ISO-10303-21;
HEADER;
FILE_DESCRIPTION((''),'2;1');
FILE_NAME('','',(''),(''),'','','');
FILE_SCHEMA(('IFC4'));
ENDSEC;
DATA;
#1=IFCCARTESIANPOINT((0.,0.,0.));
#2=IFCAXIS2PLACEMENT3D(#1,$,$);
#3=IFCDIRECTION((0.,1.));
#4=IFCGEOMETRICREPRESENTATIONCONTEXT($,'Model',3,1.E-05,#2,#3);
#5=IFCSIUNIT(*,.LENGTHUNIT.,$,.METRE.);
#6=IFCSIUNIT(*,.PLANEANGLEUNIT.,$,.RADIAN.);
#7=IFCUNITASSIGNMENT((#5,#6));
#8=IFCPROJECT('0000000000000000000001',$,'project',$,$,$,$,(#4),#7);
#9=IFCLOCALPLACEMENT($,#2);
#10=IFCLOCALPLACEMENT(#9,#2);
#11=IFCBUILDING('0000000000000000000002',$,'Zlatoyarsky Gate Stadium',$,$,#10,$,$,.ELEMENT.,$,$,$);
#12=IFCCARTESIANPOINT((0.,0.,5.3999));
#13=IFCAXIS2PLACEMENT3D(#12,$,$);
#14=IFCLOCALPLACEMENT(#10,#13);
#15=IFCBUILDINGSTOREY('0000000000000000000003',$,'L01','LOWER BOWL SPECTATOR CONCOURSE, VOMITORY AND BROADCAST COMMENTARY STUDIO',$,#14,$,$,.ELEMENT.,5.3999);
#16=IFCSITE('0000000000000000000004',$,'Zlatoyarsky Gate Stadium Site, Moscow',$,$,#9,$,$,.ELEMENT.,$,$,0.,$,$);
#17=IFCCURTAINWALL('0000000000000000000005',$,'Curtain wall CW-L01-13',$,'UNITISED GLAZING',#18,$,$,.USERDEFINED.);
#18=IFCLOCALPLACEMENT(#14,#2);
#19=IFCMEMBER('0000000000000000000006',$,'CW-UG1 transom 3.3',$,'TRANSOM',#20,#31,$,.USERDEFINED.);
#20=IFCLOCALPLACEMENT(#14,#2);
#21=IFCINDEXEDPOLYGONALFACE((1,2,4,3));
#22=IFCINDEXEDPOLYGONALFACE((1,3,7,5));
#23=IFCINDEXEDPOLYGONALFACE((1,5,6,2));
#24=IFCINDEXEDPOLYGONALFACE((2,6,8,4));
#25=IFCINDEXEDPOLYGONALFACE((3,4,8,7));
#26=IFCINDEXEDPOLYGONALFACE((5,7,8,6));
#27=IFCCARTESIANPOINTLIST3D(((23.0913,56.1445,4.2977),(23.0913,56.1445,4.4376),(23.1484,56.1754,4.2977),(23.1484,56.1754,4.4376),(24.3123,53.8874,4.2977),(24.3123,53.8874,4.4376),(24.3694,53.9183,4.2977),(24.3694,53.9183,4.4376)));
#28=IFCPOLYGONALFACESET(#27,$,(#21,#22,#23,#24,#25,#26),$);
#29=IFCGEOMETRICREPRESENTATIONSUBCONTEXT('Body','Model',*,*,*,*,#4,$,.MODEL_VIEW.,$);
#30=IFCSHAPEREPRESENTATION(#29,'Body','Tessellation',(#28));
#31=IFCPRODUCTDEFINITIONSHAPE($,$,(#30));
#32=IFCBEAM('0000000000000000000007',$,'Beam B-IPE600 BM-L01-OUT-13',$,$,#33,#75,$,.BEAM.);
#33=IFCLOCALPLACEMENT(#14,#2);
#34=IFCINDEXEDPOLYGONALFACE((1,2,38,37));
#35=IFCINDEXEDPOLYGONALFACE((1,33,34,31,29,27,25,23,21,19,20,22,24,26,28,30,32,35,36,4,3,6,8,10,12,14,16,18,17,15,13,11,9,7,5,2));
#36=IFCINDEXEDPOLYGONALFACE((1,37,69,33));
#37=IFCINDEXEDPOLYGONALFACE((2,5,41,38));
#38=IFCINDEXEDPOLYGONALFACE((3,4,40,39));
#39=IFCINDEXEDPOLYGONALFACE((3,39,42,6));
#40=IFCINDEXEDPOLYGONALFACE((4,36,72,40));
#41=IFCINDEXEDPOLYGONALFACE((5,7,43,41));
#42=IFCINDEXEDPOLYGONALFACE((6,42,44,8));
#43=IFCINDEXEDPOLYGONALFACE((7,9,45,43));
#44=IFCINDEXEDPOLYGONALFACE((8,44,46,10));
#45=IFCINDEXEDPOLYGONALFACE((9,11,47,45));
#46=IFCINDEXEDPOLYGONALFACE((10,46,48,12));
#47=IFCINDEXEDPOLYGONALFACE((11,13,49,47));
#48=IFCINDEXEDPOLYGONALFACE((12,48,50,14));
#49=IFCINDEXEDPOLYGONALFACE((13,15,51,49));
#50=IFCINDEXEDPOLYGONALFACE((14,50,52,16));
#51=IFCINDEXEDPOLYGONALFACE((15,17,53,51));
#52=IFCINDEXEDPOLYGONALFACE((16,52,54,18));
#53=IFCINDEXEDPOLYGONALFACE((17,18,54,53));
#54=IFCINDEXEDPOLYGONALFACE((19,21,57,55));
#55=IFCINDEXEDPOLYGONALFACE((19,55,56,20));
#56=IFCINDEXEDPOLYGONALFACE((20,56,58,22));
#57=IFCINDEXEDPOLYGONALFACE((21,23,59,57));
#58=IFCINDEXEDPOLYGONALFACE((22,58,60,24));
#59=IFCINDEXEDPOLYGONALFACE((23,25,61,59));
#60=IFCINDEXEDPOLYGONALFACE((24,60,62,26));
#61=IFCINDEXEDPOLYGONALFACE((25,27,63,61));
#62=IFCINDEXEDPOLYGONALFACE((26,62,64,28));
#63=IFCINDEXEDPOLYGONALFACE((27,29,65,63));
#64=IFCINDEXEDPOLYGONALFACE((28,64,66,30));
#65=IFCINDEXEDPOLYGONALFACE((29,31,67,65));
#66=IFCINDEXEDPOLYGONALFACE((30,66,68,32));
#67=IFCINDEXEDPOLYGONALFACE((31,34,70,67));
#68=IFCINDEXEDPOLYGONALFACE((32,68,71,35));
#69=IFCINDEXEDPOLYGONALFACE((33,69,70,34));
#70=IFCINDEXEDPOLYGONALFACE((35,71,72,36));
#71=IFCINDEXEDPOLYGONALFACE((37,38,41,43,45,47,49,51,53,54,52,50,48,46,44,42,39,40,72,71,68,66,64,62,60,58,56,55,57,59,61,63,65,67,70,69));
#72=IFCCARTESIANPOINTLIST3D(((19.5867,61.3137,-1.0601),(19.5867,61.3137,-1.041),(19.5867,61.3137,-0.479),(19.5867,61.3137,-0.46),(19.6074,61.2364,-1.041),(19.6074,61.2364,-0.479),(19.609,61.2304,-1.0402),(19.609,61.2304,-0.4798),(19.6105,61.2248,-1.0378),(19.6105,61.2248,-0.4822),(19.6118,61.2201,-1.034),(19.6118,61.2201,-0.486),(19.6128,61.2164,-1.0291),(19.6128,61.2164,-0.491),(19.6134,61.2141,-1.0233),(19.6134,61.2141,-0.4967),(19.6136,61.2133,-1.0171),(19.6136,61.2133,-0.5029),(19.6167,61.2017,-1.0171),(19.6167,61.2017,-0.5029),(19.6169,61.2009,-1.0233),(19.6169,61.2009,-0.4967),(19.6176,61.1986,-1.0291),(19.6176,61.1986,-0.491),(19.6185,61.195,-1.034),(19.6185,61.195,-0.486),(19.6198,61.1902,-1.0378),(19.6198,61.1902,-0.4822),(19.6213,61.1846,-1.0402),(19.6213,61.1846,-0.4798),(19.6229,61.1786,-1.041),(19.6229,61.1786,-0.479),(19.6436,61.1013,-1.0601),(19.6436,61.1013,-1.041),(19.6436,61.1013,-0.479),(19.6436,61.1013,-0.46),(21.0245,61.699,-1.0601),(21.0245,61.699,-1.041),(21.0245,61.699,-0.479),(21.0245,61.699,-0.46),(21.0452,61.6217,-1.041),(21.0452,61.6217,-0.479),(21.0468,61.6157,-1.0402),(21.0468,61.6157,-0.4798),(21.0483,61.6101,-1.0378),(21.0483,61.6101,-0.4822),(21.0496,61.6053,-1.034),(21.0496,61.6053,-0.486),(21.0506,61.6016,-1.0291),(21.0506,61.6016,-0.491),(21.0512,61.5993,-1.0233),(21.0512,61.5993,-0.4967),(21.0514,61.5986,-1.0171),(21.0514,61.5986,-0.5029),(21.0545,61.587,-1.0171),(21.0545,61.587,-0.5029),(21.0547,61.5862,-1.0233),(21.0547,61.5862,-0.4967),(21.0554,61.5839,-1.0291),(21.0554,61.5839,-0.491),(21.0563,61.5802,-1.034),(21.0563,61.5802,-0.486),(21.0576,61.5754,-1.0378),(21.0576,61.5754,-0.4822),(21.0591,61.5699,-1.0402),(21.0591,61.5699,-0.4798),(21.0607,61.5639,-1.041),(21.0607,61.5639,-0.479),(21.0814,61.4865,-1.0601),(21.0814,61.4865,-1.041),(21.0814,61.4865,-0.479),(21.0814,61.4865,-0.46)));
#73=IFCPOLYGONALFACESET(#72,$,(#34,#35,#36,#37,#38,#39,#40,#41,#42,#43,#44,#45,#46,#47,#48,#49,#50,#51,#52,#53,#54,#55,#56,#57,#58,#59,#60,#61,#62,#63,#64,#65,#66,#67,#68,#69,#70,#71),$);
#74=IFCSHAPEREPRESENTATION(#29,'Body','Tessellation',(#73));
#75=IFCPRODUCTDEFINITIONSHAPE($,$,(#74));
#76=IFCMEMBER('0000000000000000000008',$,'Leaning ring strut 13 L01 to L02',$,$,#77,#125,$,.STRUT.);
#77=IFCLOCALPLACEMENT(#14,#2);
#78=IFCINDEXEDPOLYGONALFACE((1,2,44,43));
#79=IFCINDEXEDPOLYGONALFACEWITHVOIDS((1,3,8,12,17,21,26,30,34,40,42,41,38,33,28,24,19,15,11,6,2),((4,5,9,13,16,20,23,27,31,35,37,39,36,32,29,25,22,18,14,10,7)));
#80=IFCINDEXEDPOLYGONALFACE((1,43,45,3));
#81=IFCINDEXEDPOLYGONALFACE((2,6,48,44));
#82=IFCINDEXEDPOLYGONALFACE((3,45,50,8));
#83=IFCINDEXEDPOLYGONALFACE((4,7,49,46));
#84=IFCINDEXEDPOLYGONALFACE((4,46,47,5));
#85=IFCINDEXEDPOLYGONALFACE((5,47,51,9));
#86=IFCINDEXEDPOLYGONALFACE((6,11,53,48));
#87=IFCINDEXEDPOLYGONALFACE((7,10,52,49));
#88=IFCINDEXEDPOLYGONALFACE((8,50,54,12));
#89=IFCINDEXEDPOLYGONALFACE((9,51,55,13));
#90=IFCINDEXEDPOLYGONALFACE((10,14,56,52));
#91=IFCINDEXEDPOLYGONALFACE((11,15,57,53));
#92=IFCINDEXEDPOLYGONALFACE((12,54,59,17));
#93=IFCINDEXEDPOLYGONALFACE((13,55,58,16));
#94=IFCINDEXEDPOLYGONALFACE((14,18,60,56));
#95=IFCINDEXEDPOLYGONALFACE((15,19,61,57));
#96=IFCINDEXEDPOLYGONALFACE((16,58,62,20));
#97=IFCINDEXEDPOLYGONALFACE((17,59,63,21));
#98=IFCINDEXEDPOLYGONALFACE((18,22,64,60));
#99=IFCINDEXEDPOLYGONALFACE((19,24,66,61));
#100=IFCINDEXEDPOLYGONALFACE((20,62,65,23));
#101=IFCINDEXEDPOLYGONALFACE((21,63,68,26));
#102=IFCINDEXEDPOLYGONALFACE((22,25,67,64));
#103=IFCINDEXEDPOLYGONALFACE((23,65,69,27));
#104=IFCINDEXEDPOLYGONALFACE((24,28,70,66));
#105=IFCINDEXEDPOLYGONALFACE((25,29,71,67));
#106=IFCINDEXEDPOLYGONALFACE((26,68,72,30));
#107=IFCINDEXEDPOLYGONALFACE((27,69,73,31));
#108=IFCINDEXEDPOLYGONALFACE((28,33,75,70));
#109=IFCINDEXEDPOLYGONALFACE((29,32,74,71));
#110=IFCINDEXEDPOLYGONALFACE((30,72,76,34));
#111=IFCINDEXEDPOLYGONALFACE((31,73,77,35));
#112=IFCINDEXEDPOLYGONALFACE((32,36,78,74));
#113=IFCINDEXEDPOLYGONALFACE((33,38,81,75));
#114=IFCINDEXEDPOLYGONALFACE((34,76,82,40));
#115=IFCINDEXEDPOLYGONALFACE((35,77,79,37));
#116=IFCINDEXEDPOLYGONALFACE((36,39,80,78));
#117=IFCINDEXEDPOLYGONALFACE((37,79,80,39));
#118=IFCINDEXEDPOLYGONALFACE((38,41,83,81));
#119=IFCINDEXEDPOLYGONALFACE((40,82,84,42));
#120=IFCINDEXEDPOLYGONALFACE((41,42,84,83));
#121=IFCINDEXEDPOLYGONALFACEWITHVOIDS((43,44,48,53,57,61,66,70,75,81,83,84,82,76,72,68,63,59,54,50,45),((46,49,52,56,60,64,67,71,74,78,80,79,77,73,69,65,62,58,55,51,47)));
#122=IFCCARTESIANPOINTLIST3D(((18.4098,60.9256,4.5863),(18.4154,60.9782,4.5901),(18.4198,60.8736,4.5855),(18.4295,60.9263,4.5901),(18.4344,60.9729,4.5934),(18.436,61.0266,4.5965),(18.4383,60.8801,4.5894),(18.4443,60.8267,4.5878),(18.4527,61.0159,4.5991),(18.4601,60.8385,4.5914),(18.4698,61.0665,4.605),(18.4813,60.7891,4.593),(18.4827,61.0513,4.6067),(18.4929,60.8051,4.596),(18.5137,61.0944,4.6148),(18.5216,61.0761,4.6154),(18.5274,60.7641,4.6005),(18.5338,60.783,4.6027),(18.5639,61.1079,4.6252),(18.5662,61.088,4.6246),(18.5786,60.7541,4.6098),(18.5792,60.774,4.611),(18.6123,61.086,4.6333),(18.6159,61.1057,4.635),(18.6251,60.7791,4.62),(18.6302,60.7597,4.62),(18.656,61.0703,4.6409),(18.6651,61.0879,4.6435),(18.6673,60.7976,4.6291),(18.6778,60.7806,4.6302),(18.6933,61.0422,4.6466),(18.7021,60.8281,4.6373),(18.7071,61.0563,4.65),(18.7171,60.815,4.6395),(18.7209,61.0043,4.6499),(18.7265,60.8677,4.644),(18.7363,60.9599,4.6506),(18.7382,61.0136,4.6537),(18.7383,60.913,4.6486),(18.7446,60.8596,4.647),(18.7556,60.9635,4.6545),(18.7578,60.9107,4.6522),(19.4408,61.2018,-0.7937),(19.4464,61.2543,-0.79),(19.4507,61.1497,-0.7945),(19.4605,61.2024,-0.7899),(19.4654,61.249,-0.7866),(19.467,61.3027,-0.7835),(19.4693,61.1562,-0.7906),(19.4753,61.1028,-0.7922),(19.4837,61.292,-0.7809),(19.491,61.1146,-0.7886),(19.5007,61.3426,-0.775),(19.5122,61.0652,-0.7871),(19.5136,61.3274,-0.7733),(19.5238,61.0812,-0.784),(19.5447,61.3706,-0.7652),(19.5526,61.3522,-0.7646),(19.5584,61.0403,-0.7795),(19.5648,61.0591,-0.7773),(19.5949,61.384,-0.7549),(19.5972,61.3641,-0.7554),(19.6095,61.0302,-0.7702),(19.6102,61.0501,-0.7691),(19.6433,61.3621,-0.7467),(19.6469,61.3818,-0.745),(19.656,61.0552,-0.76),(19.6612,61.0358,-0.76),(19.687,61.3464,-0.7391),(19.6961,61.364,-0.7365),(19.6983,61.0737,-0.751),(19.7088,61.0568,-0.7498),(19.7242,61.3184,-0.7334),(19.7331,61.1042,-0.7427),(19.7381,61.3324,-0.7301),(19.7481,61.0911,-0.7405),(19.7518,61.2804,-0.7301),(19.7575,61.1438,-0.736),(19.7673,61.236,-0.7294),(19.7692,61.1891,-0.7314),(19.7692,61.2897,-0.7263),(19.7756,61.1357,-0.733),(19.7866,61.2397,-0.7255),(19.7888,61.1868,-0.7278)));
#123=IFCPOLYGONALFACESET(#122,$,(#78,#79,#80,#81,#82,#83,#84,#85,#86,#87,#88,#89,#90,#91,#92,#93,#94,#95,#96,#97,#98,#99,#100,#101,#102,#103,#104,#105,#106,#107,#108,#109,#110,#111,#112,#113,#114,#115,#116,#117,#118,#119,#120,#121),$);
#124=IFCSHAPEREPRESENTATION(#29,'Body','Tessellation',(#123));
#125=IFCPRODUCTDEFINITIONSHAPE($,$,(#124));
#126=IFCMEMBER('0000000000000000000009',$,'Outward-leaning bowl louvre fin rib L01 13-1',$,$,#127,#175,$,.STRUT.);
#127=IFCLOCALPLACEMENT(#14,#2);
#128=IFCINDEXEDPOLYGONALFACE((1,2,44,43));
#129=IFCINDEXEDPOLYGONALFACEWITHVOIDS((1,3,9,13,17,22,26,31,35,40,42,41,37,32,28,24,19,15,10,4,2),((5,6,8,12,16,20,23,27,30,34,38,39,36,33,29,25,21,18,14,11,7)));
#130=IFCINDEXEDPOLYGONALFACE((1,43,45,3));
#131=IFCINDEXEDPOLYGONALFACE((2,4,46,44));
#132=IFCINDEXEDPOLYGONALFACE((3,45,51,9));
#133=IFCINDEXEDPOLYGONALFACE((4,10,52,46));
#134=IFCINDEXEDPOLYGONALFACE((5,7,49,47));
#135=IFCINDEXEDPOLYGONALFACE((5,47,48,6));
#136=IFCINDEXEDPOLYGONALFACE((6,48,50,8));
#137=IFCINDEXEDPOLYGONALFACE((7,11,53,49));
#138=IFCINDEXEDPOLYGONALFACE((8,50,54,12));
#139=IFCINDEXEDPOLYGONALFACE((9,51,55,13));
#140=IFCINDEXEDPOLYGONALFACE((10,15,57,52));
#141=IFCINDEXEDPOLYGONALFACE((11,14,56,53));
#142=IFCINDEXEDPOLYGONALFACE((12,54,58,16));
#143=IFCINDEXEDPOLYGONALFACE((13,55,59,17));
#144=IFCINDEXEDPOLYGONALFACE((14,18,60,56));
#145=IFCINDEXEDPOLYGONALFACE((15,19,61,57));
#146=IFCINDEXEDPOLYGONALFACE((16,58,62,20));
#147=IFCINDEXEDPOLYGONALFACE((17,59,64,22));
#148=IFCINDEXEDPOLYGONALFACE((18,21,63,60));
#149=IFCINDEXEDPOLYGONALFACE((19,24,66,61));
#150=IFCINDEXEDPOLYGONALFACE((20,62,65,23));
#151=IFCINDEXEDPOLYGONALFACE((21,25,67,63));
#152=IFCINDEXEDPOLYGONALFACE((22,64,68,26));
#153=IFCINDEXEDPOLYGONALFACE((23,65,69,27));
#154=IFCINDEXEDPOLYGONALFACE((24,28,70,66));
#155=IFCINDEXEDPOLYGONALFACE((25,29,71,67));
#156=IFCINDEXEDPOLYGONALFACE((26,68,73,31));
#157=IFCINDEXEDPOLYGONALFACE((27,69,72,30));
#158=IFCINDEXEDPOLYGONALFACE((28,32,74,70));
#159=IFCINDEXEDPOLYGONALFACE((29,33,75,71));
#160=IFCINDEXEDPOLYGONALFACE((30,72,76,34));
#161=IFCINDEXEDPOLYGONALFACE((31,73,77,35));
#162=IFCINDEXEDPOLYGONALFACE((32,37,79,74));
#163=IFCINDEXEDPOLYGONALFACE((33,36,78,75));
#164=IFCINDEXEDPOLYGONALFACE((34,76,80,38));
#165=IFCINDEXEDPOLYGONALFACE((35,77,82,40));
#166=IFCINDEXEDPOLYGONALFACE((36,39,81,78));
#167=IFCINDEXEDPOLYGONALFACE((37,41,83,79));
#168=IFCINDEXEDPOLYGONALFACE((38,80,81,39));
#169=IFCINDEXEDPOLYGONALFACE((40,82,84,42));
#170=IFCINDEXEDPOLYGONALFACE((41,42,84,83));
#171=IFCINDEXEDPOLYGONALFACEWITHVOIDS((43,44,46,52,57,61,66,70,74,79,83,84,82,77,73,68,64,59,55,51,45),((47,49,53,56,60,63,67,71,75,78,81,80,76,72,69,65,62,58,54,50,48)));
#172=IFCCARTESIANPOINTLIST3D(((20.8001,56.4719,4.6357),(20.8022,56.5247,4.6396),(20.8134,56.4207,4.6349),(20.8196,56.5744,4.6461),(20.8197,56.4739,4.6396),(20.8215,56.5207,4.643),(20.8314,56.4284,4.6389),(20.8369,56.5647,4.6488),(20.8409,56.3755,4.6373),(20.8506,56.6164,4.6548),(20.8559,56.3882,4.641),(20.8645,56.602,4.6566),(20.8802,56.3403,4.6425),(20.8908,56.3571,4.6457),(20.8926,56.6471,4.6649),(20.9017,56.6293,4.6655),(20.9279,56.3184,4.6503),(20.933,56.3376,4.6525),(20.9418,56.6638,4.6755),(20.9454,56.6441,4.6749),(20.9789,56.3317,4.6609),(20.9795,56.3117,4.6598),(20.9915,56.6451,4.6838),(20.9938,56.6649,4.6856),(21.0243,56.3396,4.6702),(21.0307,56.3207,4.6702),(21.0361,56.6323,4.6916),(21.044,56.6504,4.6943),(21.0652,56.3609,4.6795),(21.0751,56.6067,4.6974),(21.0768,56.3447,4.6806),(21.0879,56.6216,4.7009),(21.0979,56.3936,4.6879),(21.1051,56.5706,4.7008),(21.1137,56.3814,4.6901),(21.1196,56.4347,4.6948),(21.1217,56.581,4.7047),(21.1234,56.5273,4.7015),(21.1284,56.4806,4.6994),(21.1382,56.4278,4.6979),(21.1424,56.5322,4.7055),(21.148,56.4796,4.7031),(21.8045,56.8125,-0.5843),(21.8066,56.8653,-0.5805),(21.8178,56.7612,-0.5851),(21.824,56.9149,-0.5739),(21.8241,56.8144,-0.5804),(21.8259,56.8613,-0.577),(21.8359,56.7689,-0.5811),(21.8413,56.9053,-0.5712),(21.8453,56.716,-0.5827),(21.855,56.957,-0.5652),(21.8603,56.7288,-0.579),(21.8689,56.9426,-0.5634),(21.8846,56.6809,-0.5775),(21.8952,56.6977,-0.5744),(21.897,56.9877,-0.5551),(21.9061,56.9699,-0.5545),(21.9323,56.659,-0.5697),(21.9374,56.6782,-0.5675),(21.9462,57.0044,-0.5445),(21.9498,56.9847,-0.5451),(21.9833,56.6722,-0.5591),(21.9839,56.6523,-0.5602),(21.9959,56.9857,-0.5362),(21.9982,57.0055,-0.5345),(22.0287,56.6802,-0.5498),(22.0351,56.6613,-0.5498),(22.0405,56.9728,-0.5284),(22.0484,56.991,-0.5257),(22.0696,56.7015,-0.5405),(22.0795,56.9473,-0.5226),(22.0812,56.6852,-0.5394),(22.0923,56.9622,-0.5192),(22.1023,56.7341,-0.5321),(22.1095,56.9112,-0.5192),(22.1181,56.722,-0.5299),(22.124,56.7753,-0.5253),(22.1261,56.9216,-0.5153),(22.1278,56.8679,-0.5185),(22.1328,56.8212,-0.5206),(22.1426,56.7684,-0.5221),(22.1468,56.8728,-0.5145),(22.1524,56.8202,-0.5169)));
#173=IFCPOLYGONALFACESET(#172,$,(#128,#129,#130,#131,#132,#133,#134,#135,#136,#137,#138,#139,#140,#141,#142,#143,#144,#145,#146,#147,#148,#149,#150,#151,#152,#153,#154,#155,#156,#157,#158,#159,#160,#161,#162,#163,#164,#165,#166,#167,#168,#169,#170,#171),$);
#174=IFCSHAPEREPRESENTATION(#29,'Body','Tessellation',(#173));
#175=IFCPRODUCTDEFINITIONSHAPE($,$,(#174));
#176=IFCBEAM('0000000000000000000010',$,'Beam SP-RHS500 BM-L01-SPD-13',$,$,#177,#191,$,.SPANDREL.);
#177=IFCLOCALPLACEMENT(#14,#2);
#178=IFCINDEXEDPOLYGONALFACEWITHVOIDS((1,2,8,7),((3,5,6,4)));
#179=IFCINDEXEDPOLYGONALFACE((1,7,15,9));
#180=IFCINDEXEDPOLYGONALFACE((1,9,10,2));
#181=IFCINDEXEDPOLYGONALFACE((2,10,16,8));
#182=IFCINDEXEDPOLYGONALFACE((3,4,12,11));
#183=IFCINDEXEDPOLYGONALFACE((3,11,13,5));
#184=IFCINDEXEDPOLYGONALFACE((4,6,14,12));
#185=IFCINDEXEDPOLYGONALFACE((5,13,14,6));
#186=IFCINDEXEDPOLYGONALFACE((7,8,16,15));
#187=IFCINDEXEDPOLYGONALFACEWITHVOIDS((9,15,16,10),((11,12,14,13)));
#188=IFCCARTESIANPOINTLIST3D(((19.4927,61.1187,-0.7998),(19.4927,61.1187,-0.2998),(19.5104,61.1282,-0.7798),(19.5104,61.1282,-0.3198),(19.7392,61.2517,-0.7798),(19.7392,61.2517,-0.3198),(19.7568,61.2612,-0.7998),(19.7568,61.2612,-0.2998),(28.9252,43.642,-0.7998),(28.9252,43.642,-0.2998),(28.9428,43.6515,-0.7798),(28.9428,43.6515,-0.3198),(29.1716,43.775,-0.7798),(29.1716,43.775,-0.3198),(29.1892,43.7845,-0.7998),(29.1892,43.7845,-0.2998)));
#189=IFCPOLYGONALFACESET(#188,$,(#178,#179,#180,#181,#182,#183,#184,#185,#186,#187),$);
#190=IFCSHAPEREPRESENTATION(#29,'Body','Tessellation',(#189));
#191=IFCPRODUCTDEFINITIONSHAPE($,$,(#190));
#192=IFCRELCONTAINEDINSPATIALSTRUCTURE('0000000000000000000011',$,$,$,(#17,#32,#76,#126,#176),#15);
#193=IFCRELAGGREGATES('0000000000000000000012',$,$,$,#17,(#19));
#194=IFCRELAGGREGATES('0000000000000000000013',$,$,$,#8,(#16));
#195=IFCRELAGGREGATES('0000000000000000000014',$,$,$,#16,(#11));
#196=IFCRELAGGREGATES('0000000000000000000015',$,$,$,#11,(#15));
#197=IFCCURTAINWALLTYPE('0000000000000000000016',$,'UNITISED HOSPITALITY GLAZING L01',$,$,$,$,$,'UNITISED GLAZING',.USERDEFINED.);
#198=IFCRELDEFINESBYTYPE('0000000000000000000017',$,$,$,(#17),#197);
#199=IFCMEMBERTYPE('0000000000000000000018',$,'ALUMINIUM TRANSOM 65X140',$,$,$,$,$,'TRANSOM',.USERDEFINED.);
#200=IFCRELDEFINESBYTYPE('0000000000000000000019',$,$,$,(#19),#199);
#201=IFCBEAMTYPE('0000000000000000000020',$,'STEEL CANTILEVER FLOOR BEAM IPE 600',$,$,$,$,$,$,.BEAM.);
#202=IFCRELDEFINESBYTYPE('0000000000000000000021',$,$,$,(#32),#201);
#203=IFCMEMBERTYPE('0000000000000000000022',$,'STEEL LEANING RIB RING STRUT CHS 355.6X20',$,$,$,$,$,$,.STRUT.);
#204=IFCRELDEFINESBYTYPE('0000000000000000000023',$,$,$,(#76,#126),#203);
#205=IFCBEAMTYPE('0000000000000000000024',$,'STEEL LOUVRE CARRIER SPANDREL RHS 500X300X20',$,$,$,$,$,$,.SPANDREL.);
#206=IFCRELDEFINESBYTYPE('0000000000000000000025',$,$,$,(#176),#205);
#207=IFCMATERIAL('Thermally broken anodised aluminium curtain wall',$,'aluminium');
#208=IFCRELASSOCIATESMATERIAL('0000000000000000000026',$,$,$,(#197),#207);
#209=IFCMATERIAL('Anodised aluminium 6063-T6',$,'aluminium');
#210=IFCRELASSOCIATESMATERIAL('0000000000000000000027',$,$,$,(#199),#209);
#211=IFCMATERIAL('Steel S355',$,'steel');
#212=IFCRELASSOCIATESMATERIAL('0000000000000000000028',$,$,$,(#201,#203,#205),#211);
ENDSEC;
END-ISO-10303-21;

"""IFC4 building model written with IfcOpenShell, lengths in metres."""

from ifc_helpers import new_model, si_unit, direction, frame, origin, origin_2d, place, context, subcontext, project, spatial, rectangle, hollow_rectangle, hollow_circle, i_section, extrude, material, material_profile, profile_set, type_object, element, aggregate, save


model = new_model("IFC4")

# Units and contexts
model_context = context("Model", 3, precision=1e-05, world=origin(), true_north=direction((0.0, 1.0)))
body_context = subcontext(model_context, "Body", "Model", "MODEL_VIEW")
ifc_project = project(units=[si_unit("LENGTHUNIT", "METRE"), si_unit("PLANEANGLEUNIT", "RADIAN")], contexts=[model_context])

# Site, building, storey
site_placement = place(None, origin())
site = spatial("IfcSite", under=ifc_project, at=site_placement, Name="Zlatoyarsky Gate Stadium Site, Moscow", CompositionType="ELEMENT", RefElevation=0.0)
building_placement = place(site_placement, origin())
building = spatial("IfcBuilding", under=site, at=building_placement, Name="Zlatoyarsky Gate Stadium", CompositionType="ELEMENT")
storey_placement = place(building_placement, frame((0.0, 0.0, 5.3999)))
storey = spatial("IfcBuildingStorey", under=building, at=storey_placement, Name="L01", Description="LOWER BOWL SPECTATOR CONCOURSE, VOMITORY AND BROADCAST COMMENTARY STUDIO", CompositionType="ELEMENT", Elevation=5.3999)

# Shared definitions
ifc_material_1 = material(Name="Steel S355", Category="steel")

# Shared definitions
ifc_material_2 = material(Name="Thermally broken anodised aluminium curtain wall", Category="aluminium")
ifc_material_3 = material(Name="Anodised aluminium 6063-T6", Category="aluminium")

# Curtain wall, member
curtain_wall_type_1 = type_object("IfcCurtainWallType", Name="UNITISED HOSPITALITY GLAZING L01", ElementType="UNITISED GLAZING", PredefinedType="USERDEFINED", material=ifc_material_2)
curtain_wall_1_placement = place(storey_placement, origin())
curtain_wall_1 = element("IfcCurtainWall", 1, at=curtain_wall_1_placement, inside=storey, type_object=curtain_wall_type_1, Name="Curtain wall CW-L01-13", ObjectType="UNITISED GLAZING", PredefinedType="USERDEFINED")
ifc_material_profile_1 = material_profile(ifc_material_3, rectangle(XDim=0.0649, YDim=0.1399, at=origin_2d()), Name="ALU 65X140")
ifc_profile_set_1 = profile_set([ifc_material_profile_1], Name="Anodised aluminium 6063-T6")
member_type_1 = type_object("IfcMemberType", Name="ALUMINIUM TRANSOM 65X140", ElementType="TRANSOM", PredefinedType="USERDEFINED", material=ifc_profile_set_1)
member_1_placement = place(storey_placement, frame((23.1199, 56.1599, 4.3677), z_axis=(0.47579, -0.879559, 0.0), x_axis=(0.879559, 0.47579, 0.0)))
member_1 = element("IfcMember", 2, at=member_1_placement, type_object=member_type_1, Name="CW-UG1 transom 3.3", ObjectType="TRANSOM", PredefinedType="USERDEFINED", context=body_context, shape_type="SweptSolid", body=[
    extrude(rectangle(XDim=0.0649, YDim=0.1399, at=origin_2d()), origin(), (0.0, 0.0, 1.0), 2.5662),
])

# Beam
ifc_material_profile_2 = material_profile(ifc_material_1, i_section(OverallWidth=0.22, OverallDepth=0.6001, WebThickness=0.012, FlangeThickness=0.019, FilletRadius=0.0239, at=origin_2d()), Name="IPE 600")
ifc_profile_set_2 = profile_set([ifc_material_profile_2], Name="Steel S355")
beam_type_1 = type_object("IfcBeamType", Name="STEEL CANTILEVER FLOOR BEAM IPE 600", PredefinedType="BEAM", material=ifc_profile_set_2)
beam_1_placement = place(storey_placement, frame((21.053, 61.5928, -0.76), z_axis=(-0.965924, -0.258826, 0.0), x_axis=(0.258826, -0.965924, 0.0)))
element("IfcBeam", 3, at=beam_1_placement, inside=storey, type_object=beam_type_1, Name="Beam B-IPE600 BM-L01-OUT-13", PredefinedType="BEAM", context=body_context, shape_type="SweptSolid", body=[
    extrude(i_section(OverallWidth=0.22, OverallDepth=0.6001, WebThickness=0.012, FlangeThickness=0.019, FilletRadius=0.0239, at=origin_2d()), origin(), (0.0, 0.0, 1.0), 1.4885),
])

# Members
ifc_material_profile_3 = material_profile(ifc_material_1, hollow_circle(Radius=0.1777, WallThickness=0.02, at=origin_2d()), Name="CHS 355.6X20")
ifc_profile_set_3 = profile_set([ifc_material_profile_3], Name="Steel S355")
member_type_2 = type_object("IfcMemberType", Name="STEEL LEANING RIB RING STRUT CHS 355.6X20", PredefinedType="STRUT", material=ifc_profile_set_3)
member_2_placement = place(storey_placement, frame((19.6152, 61.2075, -0.76), z_axis=(-0.187969, -0.050342, 0.980884), x_axis=(0.258702, -0.965957, 0.0)))
element("IfcMember", 4, at=member_2_placement, inside=storey, type_object=member_type_2, Name="Leaning ring strut 13 L01 to L02", PredefinedType="STRUT", context=body_context, shape_type="SweptSolid", body=[
    extrude(hollow_circle(Radius=0.1777, WallThickness=0.02, at=origin_2d()), origin(), (0.0, 0.0, 1.0), 5.4849),
])
member_3_placement = place(storey_placement, frame((21.978, 56.8296, -0.5498), z_axis=(-0.188561, -0.063938, 0.979978), x_axis=(0.321127, -0.947036, 0.0)))
element("IfcMember", 5, at=member_3_placement, inside=storey, type_object=member_type_2, Name="Outward-leaning bowl louvre fin rib L01 13-1", PredefinedType="STRUT", context=body_context, shape_type="SweptSolid", body=[
    extrude(hollow_circle(Radius=0.1777, WallThickness=0.02, at=origin_2d()), origin(), (0.0, 0.0, 1.0), 5.3267),
])

# Beam
ifc_material_profile_4 = material_profile(ifc_material_1, hollow_rectangle(XDim=0.3, YDim=0.5, WallThickness=0.02, at=origin_2d()), Name="RHS 500X300X20")
ifc_profile_set_4 = profile_set([ifc_material_profile_4], Name="Steel S355")
beam_type_2 = type_object("IfcBeamType", Name="STEEL LOUVRE CARRIER SPANDREL RHS 500X300X20", PredefinedType="SPANDREL", material=ifc_profile_set_4)
beam_2_placement = place(storey_placement, frame((19.6248, 61.1899, -0.5498), z_axis=(0.474955, -0.88001, 0.0), x_axis=(0.88001, 0.474955, 0.0)))
element("IfcBeam", 6, at=beam_2_placement, inside=storey, type_object=beam_type_2, Name="Beam SP-RHS500 BM-L01-SPD-13", PredefinedType="SPANDREL", context=body_context, shape_type="SweptSolid", body=[
    extrude(hollow_rectangle(XDim=0.3, YDim=0.5, WallThickness=0.02, at=origin_2d()), origin(), (0.0, 0.0, 1.0), 19.8596),
])

aggregate(curtain_wall_1, [member_1])

save(model, "model.ifc")
